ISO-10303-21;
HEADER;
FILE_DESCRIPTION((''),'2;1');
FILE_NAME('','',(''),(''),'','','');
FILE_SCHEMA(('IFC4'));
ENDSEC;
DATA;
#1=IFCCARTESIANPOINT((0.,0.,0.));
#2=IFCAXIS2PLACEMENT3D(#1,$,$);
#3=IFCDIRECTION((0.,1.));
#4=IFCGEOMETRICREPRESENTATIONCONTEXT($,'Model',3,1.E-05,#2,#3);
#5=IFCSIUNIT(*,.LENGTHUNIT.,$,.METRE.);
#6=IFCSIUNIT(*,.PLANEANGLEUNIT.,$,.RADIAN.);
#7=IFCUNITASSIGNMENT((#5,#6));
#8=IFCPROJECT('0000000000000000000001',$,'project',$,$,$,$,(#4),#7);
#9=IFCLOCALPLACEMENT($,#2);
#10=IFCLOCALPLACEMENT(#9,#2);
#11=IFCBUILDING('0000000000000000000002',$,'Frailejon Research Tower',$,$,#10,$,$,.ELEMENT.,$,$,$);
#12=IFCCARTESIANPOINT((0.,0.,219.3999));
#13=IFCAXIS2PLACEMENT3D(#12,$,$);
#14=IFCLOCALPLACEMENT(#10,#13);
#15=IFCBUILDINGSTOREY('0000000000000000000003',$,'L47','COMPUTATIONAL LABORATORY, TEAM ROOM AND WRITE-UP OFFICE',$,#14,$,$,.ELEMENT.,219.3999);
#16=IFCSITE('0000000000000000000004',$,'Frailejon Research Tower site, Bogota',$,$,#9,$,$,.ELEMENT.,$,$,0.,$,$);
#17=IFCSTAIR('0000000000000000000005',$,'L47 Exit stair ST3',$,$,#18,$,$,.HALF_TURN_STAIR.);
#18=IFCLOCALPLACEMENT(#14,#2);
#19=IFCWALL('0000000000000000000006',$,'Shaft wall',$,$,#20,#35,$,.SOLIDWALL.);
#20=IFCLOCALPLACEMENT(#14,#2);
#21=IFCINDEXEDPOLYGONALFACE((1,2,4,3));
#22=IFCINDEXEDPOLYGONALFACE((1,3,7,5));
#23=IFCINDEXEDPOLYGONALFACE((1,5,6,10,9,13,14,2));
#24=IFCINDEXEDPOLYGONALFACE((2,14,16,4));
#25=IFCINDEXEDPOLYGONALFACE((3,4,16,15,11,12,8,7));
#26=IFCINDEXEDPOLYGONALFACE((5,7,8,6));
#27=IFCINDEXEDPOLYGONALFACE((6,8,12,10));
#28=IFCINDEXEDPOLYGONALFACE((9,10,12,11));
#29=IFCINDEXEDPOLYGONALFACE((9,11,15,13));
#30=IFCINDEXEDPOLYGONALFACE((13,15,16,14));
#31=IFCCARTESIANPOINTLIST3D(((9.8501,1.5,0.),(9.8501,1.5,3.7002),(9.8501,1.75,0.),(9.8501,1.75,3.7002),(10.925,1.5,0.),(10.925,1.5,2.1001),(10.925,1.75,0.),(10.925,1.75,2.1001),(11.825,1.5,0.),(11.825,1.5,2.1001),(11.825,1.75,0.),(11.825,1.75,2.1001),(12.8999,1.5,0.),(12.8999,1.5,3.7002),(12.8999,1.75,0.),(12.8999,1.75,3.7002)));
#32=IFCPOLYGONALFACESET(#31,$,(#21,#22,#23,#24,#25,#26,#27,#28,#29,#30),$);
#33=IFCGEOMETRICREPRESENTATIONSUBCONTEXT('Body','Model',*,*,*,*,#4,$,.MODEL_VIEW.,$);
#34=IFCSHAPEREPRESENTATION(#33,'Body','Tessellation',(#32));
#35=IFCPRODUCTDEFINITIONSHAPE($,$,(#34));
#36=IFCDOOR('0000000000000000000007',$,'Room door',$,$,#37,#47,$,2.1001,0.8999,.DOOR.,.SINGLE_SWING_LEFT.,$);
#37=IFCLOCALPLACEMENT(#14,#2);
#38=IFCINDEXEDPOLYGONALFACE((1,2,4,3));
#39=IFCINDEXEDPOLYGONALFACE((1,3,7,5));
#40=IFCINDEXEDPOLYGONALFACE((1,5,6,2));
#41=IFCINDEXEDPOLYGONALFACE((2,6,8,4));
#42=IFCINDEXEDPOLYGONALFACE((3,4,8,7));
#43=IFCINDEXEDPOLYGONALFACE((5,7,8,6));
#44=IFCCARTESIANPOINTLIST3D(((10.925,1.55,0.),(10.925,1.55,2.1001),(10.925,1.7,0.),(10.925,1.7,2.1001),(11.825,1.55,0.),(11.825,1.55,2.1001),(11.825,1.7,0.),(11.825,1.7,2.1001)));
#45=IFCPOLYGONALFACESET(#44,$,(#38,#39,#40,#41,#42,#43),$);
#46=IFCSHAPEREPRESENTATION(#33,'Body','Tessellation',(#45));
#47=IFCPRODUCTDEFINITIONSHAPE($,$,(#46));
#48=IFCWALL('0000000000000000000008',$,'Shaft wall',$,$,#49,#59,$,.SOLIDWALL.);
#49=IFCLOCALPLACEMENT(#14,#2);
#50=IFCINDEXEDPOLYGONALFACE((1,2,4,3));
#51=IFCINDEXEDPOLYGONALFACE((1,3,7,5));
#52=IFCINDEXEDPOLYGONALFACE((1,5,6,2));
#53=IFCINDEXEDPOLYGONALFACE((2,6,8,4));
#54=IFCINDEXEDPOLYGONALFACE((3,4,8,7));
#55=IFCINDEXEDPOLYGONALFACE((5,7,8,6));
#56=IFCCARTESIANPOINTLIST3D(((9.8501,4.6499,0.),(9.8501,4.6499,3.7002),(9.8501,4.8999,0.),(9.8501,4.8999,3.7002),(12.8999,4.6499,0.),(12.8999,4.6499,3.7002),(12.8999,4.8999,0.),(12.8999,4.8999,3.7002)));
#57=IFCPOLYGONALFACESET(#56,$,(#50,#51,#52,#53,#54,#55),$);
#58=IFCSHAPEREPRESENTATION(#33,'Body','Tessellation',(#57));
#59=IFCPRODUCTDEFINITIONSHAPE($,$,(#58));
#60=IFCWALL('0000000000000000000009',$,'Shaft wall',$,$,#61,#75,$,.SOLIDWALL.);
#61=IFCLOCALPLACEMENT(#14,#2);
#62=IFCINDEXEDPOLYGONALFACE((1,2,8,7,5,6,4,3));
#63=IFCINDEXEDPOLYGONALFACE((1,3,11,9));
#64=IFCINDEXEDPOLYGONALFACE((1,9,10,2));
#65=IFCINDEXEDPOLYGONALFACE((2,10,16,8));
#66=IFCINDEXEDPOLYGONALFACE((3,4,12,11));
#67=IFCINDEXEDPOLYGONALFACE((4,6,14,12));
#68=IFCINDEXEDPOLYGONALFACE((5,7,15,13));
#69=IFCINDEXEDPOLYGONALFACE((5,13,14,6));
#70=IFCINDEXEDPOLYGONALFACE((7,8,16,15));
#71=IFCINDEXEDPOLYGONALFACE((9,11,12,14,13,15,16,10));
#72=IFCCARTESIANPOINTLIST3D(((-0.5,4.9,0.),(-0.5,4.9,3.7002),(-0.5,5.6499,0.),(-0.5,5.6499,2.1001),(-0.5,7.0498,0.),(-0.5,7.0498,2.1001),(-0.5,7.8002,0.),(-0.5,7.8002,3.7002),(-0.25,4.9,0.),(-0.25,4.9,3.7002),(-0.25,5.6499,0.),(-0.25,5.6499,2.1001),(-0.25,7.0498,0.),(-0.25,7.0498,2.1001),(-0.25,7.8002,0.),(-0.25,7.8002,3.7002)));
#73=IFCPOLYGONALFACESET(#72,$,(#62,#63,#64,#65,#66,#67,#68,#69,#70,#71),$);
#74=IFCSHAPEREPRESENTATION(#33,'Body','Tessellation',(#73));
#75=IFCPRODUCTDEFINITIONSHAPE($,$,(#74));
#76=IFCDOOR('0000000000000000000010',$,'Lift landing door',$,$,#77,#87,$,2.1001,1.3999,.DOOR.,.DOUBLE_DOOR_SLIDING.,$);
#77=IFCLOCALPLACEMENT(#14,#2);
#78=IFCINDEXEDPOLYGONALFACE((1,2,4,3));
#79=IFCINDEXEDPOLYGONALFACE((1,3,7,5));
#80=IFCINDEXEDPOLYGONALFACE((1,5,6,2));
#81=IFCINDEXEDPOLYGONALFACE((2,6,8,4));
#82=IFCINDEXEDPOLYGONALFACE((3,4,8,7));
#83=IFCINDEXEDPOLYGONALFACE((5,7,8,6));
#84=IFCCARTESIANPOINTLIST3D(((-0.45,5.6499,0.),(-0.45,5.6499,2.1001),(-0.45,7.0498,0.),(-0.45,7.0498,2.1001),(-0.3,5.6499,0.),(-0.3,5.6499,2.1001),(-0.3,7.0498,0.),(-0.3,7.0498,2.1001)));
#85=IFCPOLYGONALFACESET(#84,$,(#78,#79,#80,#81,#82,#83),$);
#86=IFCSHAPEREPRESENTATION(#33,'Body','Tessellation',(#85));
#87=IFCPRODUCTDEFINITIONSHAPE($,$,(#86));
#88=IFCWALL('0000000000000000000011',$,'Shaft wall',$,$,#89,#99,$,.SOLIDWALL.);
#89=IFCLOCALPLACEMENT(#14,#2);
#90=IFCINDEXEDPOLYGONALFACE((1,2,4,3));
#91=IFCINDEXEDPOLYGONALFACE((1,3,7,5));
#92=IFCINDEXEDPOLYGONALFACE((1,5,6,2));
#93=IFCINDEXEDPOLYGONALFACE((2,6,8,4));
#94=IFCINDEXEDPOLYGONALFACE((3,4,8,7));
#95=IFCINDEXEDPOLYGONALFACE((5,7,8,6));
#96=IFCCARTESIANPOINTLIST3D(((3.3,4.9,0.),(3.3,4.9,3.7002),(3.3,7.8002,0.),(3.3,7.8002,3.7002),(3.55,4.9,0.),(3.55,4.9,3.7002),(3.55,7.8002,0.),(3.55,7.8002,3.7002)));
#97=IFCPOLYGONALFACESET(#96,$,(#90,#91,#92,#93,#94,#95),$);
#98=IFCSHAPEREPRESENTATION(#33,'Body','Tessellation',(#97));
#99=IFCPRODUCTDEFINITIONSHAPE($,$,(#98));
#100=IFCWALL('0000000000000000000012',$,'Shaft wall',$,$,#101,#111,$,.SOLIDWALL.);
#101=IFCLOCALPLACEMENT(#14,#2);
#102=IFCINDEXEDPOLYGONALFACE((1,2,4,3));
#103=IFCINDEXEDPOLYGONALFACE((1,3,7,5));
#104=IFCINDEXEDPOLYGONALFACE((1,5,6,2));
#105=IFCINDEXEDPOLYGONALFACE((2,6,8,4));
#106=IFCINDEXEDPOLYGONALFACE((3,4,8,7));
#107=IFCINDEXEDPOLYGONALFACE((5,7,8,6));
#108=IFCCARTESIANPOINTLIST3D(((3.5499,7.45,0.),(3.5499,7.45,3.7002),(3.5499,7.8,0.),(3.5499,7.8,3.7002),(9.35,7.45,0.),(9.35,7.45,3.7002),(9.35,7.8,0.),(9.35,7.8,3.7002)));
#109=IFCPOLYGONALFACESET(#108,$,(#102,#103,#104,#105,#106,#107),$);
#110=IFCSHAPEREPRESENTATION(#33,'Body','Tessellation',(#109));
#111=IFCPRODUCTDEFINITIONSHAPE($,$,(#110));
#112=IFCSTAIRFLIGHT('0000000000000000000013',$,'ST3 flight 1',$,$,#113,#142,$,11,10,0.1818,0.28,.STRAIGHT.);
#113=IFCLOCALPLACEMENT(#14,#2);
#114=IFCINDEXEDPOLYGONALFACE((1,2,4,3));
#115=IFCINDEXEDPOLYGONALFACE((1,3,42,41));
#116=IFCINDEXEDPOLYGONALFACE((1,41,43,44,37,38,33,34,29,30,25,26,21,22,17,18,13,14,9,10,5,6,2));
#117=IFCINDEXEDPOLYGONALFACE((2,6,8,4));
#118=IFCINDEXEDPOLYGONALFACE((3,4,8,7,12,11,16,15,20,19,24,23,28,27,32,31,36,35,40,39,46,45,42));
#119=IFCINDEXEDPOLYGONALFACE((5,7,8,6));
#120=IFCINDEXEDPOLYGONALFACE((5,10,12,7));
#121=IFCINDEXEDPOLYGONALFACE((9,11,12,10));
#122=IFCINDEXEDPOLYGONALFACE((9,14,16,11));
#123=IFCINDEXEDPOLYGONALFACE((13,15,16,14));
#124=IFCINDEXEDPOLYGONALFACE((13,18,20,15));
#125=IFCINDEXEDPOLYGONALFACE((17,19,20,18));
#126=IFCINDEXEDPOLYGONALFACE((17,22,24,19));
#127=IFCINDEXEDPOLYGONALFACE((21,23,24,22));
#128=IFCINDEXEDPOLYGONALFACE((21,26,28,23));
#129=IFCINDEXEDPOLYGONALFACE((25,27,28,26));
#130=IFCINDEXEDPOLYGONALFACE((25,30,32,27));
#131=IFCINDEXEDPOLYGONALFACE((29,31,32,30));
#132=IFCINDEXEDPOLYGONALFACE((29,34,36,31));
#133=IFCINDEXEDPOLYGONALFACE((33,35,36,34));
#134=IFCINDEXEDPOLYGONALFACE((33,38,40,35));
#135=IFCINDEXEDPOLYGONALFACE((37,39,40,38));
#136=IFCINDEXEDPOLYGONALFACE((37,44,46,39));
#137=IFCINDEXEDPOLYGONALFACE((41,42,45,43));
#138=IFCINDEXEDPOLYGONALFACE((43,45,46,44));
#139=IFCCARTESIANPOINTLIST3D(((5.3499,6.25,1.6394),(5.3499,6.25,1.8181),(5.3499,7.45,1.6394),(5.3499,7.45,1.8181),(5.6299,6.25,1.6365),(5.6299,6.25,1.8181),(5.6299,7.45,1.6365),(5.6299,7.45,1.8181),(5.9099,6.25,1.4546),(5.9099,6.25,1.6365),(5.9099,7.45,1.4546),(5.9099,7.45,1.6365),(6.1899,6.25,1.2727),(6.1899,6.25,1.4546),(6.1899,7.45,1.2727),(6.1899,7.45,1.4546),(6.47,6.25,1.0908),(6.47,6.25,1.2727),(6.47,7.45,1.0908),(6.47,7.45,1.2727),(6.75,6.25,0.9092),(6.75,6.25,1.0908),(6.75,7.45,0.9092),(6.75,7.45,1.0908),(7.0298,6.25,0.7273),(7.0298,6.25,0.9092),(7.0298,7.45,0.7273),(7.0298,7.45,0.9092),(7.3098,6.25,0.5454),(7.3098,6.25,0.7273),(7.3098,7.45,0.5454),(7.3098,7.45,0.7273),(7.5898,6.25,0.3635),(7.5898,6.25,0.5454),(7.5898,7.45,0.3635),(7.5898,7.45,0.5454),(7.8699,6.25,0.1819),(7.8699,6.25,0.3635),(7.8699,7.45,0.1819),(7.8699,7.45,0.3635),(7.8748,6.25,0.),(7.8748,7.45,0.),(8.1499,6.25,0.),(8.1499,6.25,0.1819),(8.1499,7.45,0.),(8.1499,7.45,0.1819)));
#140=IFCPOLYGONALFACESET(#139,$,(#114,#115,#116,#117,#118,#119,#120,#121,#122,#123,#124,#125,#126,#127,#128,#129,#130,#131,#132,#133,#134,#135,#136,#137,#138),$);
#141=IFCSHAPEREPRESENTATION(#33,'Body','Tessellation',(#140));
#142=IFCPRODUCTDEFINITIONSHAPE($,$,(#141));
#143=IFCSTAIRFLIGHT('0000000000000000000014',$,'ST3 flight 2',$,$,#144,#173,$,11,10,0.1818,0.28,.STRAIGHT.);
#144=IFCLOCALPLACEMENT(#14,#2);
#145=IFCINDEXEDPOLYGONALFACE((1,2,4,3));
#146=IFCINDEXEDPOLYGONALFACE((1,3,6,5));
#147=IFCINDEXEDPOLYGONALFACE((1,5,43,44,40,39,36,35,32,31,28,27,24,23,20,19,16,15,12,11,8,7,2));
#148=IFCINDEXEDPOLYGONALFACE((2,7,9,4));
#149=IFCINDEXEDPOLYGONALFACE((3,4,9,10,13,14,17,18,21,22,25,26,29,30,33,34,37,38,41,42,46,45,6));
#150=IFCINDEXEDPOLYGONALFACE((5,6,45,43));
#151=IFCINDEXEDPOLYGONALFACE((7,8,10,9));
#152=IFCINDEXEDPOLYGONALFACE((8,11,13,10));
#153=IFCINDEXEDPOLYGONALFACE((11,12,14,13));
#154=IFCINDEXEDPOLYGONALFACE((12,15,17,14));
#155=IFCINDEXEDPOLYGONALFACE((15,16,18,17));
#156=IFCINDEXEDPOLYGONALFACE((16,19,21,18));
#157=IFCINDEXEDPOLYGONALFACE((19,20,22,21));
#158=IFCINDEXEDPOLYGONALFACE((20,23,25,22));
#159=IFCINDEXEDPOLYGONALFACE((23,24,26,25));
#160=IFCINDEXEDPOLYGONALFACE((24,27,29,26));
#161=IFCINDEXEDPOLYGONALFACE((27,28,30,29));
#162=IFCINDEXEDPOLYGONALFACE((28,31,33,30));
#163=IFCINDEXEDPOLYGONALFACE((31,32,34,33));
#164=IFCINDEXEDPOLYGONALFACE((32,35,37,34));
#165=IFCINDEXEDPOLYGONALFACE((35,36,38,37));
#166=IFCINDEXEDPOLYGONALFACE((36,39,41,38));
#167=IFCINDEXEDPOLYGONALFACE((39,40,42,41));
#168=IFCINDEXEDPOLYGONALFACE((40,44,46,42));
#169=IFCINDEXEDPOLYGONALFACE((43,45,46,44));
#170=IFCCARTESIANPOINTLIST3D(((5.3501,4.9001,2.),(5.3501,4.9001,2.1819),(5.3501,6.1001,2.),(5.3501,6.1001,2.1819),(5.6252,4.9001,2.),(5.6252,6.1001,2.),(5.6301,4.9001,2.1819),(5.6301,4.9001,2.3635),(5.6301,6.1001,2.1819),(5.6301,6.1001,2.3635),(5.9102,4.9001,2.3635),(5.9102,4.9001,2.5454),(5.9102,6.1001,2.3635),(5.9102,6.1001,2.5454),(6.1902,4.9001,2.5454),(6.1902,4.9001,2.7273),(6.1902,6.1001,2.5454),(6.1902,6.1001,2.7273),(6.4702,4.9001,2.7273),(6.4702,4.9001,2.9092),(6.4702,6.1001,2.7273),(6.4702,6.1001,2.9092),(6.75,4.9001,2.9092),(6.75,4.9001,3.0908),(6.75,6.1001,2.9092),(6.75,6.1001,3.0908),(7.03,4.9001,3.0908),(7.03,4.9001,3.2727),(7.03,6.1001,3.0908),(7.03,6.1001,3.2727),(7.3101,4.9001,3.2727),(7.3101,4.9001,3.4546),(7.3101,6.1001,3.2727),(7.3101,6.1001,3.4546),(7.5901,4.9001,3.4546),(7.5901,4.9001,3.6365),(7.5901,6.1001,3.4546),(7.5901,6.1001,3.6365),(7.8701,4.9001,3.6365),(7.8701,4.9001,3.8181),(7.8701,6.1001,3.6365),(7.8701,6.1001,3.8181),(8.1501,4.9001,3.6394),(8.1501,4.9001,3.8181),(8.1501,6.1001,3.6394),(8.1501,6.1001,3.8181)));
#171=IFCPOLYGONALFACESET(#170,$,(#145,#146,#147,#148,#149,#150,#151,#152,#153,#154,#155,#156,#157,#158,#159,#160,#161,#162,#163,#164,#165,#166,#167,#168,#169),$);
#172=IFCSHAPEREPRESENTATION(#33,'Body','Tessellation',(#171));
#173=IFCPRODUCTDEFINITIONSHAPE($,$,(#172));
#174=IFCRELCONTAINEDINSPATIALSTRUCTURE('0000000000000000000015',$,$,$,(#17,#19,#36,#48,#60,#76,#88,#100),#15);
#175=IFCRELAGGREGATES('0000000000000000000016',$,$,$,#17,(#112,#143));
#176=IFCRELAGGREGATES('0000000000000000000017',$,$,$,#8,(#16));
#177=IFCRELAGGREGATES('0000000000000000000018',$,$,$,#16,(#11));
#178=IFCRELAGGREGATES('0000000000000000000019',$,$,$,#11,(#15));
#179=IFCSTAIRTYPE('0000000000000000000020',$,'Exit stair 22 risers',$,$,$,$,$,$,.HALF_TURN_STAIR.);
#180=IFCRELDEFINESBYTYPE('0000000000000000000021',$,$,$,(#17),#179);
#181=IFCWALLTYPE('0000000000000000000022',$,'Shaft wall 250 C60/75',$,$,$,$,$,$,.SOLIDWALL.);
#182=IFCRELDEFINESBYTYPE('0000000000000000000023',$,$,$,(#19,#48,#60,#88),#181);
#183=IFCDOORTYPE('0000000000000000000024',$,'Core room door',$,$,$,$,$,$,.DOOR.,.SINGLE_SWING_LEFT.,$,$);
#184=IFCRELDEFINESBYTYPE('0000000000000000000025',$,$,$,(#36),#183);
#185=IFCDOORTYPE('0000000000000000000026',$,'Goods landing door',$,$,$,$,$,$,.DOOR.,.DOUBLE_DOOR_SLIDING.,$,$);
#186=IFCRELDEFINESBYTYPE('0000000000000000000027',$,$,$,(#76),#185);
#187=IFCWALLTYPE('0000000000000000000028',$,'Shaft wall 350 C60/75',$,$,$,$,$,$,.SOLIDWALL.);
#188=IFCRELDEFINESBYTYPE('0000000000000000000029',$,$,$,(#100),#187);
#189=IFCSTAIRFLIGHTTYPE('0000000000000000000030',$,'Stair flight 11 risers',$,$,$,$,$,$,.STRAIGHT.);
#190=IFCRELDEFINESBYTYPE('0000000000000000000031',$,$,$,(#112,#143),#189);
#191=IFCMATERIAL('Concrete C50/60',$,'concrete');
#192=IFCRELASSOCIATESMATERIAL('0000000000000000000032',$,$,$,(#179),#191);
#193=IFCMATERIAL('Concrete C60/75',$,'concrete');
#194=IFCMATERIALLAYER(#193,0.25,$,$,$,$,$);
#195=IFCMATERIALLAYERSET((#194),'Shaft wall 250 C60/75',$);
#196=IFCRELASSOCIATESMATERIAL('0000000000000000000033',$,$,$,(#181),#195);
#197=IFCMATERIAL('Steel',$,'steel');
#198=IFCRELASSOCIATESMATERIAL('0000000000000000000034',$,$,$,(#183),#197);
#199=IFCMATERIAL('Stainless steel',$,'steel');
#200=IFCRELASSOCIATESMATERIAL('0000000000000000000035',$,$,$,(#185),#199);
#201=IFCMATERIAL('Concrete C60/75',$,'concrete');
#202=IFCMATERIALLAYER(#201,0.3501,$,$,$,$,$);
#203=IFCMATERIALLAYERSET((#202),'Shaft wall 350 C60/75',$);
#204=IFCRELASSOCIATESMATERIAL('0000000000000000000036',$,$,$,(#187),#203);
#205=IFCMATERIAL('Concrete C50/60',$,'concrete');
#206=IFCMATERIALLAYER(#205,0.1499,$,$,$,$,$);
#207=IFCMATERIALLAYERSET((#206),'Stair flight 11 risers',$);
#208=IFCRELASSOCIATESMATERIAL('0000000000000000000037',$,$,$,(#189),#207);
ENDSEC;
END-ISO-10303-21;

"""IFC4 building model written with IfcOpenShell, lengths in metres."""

from ifc_helpers import new_model, si_unit, direction, frame, frame_2d, origin, place, context, subcontext, project, spatial, polyline, rectangle, outline, extrude, material, layer, layer_set, type_object, element, fill, aggregate, save


model = new_model("IFC4")

# Units and contexts
model_context = context("Model", 3, precision=1e-05, world=origin(), true_north=direction((0.0, 1.0)))
body_context = subcontext(model_context, "Body", "Model", "MODEL_VIEW")
ifc_project = project(units=[si_unit("LENGTHUNIT", "METRE"), si_unit("PLANEANGLEUNIT", "RADIAN")], contexts=[model_context])

# Site, building, storey
site_placement = place(None, origin())
site = spatial("IfcSite", under=ifc_project, at=site_placement, Name="Frailejon Research Tower site, Bogota", CompositionType="ELEMENT", RefElevation=0.0)
building_placement = place(site_placement, origin())
building = spatial("IfcBuilding", under=site, at=building_placement, Name="Frailejon Research Tower", CompositionType="ELEMENT")
storey_placement = place(building_placement, frame((0.0, 0.0, 219.3999)))
storey = spatial("IfcBuildingStorey", under=building, at=storey_placement, Name="L47", Description="COMPUTATIONAL LABORATORY, TEAM ROOM AND WRITE-UP OFFICE", CompositionType="ELEMENT", Elevation=219.3999)

# Stair
ifc_material_1 = material(Name="Concrete C50/60", Category="concrete")
stair_type = type_object("IfcStairType", Name="Exit stair 22 risers", PredefinedType="HALF_TURN_STAIR", material=ifc_material_1)
stair_1_placement = place(storey_placement, origin())
stair_1 = element("IfcStair", 1, at=stair_1_placement, inside=storey, type_object=stair_type, Name="L47 Exit stair ST3", PredefinedType="HALF_TURN_STAIR")

# Wall, opening, door
ifc_material_2 = material(Name="Concrete C60/75", Category="concrete")
ifc_layer_1 = layer(ifc_material_2, 0.25)
ifc_layer_set_1 = layer_set([ifc_layer_1], Name="Shaft wall 250 C60/75")
wall_type_1 = type_object("IfcWallType", Name="Shaft wall 250 C60/75", PredefinedType="SOLIDWALL", material=ifc_layer_set_1)
wall_1_placement = place(storey_placement, frame((9.8501, 1.625, 0.0), z_axis=(0.0, 0.0, 1.0), x_axis=(1.0, 0.0, 0.0)))
wall_1 = element("IfcWall", 2, at=wall_1_placement, inside=storey, type_object=wall_type_1, Name="Shaft wall", PredefinedType="SOLIDWALL", context=body_context, shape_type="SweptSolid", body=[
    extrude(rectangle(XDim=3.0498, YDim=0.25, at=frame_2d((1.5249, 0.0))), origin(), (0.0, 0.0, 1.0), 3.7002),
])
opening_1_placement = place(wall_1_placement, frame((1.075, 0.0, 0.0)))
opening_1 = element("IfcOpeningElement", 3, at=opening_1_placement, cuts=wall_1, PredefinedType="OPENING", context=body_context, shape_type="SweptSolid", body=[
    extrude(rectangle(XDim=0.8999, YDim=2.1001, at=frame_2d((0.45, 1.05))), frame((0.0, 0.135, 0.0), z_axis=(0.0, -1.0, 0.0), x_axis=(1.0, 0.0, 0.0)), (0.0, 0.0, 1.0), 0.27),
])
ifc_material_3 = material(Name="Steel", Category="steel")
door_type_1 = type_object("IfcDoorType", Name="Core room door", OperationType="SINGLE_SWING_LEFT", PredefinedType="DOOR", material=ifc_material_3)
door_1_placement = place(opening_1_placement, origin())
door_1 = element("IfcDoor", 4, at=door_1_placement, inside=storey, type_object=door_type_1, Name="Room door", OperationType="SINGLE_SWING_LEFT", OverallHeight=2.1001, OverallWidth=0.8999, PredefinedType="DOOR", context=body_context, shape_type="SweptSolid", body=[
    extrude(rectangle(XDim=0.8999, YDim=2.1001, at=frame_2d((0.45, 1.05))), frame((0.0, 0.075, 0.0), z_axis=(0.0, -1.0, 0.0), x_axis=(1.0, 0.0, 0.0)), (0.0, 0.0, 1.0), 0.1499),
])
fill(opening_1, door_1)

# Wall
wall_2_placement = place(storey_placement, frame((9.8501, 4.7749, 0.0), z_axis=(0.0, 0.0, 1.0), x_axis=(1.0, 0.0, 0.0)))
element("IfcWall", 5, at=wall_2_placement, inside=storey, type_object=wall_type_1, Name="Shaft wall", PredefinedType="SOLIDWALL", context=body_context, shape_type="SweptSolid", body=[
    extrude(rectangle(XDim=3.0498, YDim=0.25, at=frame_2d((1.5249, 0.0))), origin(), (0.0, 0.0, 1.0), 3.7002),
])

# Wall, opening, door
wall_3_placement = place(storey_placement, frame((-0.375, 4.8999, 0.0), z_axis=(0.0, 0.0, 1.0), x_axis=(0.0, 1.0, 0.0)))
wall_3 = element("IfcWall", 6, at=wall_3_placement, inside=storey, type_object=wall_type_1, Name="Shaft wall", PredefinedType="SOLIDWALL", context=body_context, shape_type="SweptSolid", body=[
    extrude(rectangle(XDim=2.9001, YDim=0.25, at=frame_2d((1.4502, 0.0))), origin(), (0.0, 0.0, 1.0), 3.7002),
])
opening_2_placement = place(wall_3_placement, frame((0.75, 0.0, 0.0)))
opening_2 = element("IfcOpeningElement", 7, at=opening_2_placement, cuts=wall_3, PredefinedType="OPENING", context=body_context, shape_type="SweptSolid", body=[
    extrude(rectangle(XDim=1.3999, YDim=2.1001, at=frame_2d((0.7, 1.05))), frame((0.0, 0.135, 0.0), z_axis=(0.0, -1.0, 0.0), x_axis=(1.0, 0.0, 0.0)), (0.0, 0.0, 1.0), 0.27),
])
ifc_material_4 = material(Name="Stainless steel", Category="steel")
door_type_2 = type_object("IfcDoorType", Name="Goods landing door", OperationType="DOUBLE_DOOR_SLIDING", PredefinedType="DOOR", material=ifc_material_4)
door_2_placement = place(opening_2_placement, origin())
door_2 = element("IfcDoor", 8, at=door_2_placement, inside=storey, type_object=door_type_2, Name="Lift landing door", OperationType="DOUBLE_DOOR_SLIDING", OverallHeight=2.1001, OverallWidth=1.3999, PredefinedType="DOOR", context=body_context, shape_type="SweptSolid", body=[
    extrude(rectangle(XDim=1.3999, YDim=2.1001, at=frame_2d((0.7, 1.05))), frame((0.0, 0.075, 0.0), z_axis=(0.0, -1.0, 0.0), x_axis=(1.0, 0.0, 0.0)), (0.0, 0.0, 1.0), 0.1499),
])
fill(opening_2, door_2)

# Walls
wall_4_placement = place(storey_placement, frame((3.425, 4.8999, 0.0), z_axis=(0.0, 0.0, 1.0), x_axis=(0.0, 1.0, 0.0)))
element("IfcWall", 9, at=wall_4_placement, inside=storey, type_object=wall_type_1, Name="Shaft wall", PredefinedType="SOLIDWALL", context=body_context, shape_type="SweptSolid", body=[
    extrude(rectangle(XDim=2.9001, YDim=0.25, at=frame_2d((1.4502, 0.0))), origin(), (0.0, 0.0, 1.0), 3.7002),
])
ifc_material_5 = material(Name="Concrete C60/75", Category="concrete")
ifc_layer_2 = layer(ifc_material_5, 0.3501)
ifc_layer_set_2 = layer_set([ifc_layer_2], Name="Shaft wall 350 C60/75")
wall_type_2 = type_object("IfcWallType", Name="Shaft wall 350 C60/75", PredefinedType="SOLIDWALL", material=ifc_layer_set_2)
wall_5_placement = place(storey_placement, frame((3.55, 7.625, 0.0), z_axis=(0.0, 0.0, 1.0), x_axis=(1.0, 0.0, 0.0)))
element("IfcWall", 10, at=wall_5_placement, inside=storey, type_object=wall_type_2, Name="Shaft wall", PredefinedType="SOLIDWALL", context=body_context, shape_type="SweptSolid", body=[
    extrude(rectangle(XDim=5.8, YDim=0.3501, at=frame_2d((2.8999, 0.0))), origin(), (0.0, 0.0, 1.0), 3.7002),
])

# Stair flights
ifc_material_6 = material(Name="Concrete C50/60", Category="concrete")
ifc_layer_3 = layer(ifc_material_6, 0.1499)
ifc_layer_set_3 = layer_set([ifc_layer_3], Name="Stair flight 11 risers")
stair_flight_type = type_object("IfcStairFlightType", Name="Stair flight 11 risers", PredefinedType="STRAIGHT", material=ifc_layer_set_3)
stair_flight_1_placement = place(storey_placement, frame((8.1499, 6.8501, 0.0), z_axis=(0.0, 0.0, 1.0), x_axis=(-1.0, 0.0, 0.0)))
stair_flight_1 = element("IfcStairFlight", 11, at=stair_flight_1_placement, type_object=stair_flight_type, Name="ST3 flight 1", NumberOfRisers=11, NumberOfTreads=10, PredefinedType="STRAIGHT", RiserHeight=0.1818, TreadLength=0.28, context=body_context, shape_type="SweptSolid", body=[
    extrude(outline(polyline([(0.0, 0.0), (0.0, 0.1819), (0.28, 0.1819), (0.28, 0.3635), (0.5601, 0.3635), (0.5601, 0.5454), (0.8401, 0.5454), (0.8401, 0.7273), (1.1201, 0.7273), (1.1201, 0.9092), (1.3999, 0.9092), (1.3999, 1.0908), (1.6799, 1.0908), (1.6799, 1.2727), (1.96, 1.2727), (1.96, 1.4546), (2.24, 1.4546), (2.24, 1.6365), (2.52, 1.6365), (2.52, 1.8181), (2.8, 1.8181), (2.8, 2.0), (2.8, 1.6394), (0.2751, 0.0), (0.0, 0.0)])), frame((0.0, 0.6001, 0.0), z_axis=(0.0, -1.0, 0.0), x_axis=(1.0, 0.0, 0.0)), (0.0, 0.0, 1.0), 1.2),
])
stair_flight_2_placement = place(storey_placement, frame((5.3501, 5.5, 2.0), z_axis=(0.0, 0.0, 1.0), x_axis=(1.0, 0.0, 0.0)))
stair_flight_2 = element("IfcStairFlight", 12, at=stair_flight_2_placement, type_object=stair_flight_type, Name="ST3 flight 2", NumberOfRisers=11, NumberOfTreads=10, PredefinedType="STRAIGHT", RiserHeight=0.1818, TreadLength=0.28, context=body_context, shape_type="SweptSolid", body=[
    extrude(outline(polyline([(0.0, 0.0), (0.0, 0.1819), (0.28, 0.1819), (0.28, 0.3635), (0.5601, 0.3635), (0.5601, 0.5454), (0.8401, 0.5454), (0.8401, 0.7273), (1.1201, 0.7273), (1.1201, 0.9092), (1.3999, 0.9092), (1.3999, 1.0908), (1.6799, 1.0908), (1.6799, 1.2727), (1.96, 1.2727), (1.96, 1.4546), (2.24, 1.4546), (2.24, 1.6365), (2.52, 1.6365), (2.52, 1.8181), (2.8, 1.8181), (2.8, 2.0), (2.8, 1.6394), (0.2751, 0.0), (0.0, 0.0)])), frame((0.0, 0.6001, 0.0), z_axis=(0.0, -1.0, 0.0), x_axis=(1.0, 0.0, 0.0)), (0.0, 0.0, 1.0), 1.2),
])
aggregate(stair_1, [stair_flight_1, stair_flight_2])

save(model, "model.ifc")
